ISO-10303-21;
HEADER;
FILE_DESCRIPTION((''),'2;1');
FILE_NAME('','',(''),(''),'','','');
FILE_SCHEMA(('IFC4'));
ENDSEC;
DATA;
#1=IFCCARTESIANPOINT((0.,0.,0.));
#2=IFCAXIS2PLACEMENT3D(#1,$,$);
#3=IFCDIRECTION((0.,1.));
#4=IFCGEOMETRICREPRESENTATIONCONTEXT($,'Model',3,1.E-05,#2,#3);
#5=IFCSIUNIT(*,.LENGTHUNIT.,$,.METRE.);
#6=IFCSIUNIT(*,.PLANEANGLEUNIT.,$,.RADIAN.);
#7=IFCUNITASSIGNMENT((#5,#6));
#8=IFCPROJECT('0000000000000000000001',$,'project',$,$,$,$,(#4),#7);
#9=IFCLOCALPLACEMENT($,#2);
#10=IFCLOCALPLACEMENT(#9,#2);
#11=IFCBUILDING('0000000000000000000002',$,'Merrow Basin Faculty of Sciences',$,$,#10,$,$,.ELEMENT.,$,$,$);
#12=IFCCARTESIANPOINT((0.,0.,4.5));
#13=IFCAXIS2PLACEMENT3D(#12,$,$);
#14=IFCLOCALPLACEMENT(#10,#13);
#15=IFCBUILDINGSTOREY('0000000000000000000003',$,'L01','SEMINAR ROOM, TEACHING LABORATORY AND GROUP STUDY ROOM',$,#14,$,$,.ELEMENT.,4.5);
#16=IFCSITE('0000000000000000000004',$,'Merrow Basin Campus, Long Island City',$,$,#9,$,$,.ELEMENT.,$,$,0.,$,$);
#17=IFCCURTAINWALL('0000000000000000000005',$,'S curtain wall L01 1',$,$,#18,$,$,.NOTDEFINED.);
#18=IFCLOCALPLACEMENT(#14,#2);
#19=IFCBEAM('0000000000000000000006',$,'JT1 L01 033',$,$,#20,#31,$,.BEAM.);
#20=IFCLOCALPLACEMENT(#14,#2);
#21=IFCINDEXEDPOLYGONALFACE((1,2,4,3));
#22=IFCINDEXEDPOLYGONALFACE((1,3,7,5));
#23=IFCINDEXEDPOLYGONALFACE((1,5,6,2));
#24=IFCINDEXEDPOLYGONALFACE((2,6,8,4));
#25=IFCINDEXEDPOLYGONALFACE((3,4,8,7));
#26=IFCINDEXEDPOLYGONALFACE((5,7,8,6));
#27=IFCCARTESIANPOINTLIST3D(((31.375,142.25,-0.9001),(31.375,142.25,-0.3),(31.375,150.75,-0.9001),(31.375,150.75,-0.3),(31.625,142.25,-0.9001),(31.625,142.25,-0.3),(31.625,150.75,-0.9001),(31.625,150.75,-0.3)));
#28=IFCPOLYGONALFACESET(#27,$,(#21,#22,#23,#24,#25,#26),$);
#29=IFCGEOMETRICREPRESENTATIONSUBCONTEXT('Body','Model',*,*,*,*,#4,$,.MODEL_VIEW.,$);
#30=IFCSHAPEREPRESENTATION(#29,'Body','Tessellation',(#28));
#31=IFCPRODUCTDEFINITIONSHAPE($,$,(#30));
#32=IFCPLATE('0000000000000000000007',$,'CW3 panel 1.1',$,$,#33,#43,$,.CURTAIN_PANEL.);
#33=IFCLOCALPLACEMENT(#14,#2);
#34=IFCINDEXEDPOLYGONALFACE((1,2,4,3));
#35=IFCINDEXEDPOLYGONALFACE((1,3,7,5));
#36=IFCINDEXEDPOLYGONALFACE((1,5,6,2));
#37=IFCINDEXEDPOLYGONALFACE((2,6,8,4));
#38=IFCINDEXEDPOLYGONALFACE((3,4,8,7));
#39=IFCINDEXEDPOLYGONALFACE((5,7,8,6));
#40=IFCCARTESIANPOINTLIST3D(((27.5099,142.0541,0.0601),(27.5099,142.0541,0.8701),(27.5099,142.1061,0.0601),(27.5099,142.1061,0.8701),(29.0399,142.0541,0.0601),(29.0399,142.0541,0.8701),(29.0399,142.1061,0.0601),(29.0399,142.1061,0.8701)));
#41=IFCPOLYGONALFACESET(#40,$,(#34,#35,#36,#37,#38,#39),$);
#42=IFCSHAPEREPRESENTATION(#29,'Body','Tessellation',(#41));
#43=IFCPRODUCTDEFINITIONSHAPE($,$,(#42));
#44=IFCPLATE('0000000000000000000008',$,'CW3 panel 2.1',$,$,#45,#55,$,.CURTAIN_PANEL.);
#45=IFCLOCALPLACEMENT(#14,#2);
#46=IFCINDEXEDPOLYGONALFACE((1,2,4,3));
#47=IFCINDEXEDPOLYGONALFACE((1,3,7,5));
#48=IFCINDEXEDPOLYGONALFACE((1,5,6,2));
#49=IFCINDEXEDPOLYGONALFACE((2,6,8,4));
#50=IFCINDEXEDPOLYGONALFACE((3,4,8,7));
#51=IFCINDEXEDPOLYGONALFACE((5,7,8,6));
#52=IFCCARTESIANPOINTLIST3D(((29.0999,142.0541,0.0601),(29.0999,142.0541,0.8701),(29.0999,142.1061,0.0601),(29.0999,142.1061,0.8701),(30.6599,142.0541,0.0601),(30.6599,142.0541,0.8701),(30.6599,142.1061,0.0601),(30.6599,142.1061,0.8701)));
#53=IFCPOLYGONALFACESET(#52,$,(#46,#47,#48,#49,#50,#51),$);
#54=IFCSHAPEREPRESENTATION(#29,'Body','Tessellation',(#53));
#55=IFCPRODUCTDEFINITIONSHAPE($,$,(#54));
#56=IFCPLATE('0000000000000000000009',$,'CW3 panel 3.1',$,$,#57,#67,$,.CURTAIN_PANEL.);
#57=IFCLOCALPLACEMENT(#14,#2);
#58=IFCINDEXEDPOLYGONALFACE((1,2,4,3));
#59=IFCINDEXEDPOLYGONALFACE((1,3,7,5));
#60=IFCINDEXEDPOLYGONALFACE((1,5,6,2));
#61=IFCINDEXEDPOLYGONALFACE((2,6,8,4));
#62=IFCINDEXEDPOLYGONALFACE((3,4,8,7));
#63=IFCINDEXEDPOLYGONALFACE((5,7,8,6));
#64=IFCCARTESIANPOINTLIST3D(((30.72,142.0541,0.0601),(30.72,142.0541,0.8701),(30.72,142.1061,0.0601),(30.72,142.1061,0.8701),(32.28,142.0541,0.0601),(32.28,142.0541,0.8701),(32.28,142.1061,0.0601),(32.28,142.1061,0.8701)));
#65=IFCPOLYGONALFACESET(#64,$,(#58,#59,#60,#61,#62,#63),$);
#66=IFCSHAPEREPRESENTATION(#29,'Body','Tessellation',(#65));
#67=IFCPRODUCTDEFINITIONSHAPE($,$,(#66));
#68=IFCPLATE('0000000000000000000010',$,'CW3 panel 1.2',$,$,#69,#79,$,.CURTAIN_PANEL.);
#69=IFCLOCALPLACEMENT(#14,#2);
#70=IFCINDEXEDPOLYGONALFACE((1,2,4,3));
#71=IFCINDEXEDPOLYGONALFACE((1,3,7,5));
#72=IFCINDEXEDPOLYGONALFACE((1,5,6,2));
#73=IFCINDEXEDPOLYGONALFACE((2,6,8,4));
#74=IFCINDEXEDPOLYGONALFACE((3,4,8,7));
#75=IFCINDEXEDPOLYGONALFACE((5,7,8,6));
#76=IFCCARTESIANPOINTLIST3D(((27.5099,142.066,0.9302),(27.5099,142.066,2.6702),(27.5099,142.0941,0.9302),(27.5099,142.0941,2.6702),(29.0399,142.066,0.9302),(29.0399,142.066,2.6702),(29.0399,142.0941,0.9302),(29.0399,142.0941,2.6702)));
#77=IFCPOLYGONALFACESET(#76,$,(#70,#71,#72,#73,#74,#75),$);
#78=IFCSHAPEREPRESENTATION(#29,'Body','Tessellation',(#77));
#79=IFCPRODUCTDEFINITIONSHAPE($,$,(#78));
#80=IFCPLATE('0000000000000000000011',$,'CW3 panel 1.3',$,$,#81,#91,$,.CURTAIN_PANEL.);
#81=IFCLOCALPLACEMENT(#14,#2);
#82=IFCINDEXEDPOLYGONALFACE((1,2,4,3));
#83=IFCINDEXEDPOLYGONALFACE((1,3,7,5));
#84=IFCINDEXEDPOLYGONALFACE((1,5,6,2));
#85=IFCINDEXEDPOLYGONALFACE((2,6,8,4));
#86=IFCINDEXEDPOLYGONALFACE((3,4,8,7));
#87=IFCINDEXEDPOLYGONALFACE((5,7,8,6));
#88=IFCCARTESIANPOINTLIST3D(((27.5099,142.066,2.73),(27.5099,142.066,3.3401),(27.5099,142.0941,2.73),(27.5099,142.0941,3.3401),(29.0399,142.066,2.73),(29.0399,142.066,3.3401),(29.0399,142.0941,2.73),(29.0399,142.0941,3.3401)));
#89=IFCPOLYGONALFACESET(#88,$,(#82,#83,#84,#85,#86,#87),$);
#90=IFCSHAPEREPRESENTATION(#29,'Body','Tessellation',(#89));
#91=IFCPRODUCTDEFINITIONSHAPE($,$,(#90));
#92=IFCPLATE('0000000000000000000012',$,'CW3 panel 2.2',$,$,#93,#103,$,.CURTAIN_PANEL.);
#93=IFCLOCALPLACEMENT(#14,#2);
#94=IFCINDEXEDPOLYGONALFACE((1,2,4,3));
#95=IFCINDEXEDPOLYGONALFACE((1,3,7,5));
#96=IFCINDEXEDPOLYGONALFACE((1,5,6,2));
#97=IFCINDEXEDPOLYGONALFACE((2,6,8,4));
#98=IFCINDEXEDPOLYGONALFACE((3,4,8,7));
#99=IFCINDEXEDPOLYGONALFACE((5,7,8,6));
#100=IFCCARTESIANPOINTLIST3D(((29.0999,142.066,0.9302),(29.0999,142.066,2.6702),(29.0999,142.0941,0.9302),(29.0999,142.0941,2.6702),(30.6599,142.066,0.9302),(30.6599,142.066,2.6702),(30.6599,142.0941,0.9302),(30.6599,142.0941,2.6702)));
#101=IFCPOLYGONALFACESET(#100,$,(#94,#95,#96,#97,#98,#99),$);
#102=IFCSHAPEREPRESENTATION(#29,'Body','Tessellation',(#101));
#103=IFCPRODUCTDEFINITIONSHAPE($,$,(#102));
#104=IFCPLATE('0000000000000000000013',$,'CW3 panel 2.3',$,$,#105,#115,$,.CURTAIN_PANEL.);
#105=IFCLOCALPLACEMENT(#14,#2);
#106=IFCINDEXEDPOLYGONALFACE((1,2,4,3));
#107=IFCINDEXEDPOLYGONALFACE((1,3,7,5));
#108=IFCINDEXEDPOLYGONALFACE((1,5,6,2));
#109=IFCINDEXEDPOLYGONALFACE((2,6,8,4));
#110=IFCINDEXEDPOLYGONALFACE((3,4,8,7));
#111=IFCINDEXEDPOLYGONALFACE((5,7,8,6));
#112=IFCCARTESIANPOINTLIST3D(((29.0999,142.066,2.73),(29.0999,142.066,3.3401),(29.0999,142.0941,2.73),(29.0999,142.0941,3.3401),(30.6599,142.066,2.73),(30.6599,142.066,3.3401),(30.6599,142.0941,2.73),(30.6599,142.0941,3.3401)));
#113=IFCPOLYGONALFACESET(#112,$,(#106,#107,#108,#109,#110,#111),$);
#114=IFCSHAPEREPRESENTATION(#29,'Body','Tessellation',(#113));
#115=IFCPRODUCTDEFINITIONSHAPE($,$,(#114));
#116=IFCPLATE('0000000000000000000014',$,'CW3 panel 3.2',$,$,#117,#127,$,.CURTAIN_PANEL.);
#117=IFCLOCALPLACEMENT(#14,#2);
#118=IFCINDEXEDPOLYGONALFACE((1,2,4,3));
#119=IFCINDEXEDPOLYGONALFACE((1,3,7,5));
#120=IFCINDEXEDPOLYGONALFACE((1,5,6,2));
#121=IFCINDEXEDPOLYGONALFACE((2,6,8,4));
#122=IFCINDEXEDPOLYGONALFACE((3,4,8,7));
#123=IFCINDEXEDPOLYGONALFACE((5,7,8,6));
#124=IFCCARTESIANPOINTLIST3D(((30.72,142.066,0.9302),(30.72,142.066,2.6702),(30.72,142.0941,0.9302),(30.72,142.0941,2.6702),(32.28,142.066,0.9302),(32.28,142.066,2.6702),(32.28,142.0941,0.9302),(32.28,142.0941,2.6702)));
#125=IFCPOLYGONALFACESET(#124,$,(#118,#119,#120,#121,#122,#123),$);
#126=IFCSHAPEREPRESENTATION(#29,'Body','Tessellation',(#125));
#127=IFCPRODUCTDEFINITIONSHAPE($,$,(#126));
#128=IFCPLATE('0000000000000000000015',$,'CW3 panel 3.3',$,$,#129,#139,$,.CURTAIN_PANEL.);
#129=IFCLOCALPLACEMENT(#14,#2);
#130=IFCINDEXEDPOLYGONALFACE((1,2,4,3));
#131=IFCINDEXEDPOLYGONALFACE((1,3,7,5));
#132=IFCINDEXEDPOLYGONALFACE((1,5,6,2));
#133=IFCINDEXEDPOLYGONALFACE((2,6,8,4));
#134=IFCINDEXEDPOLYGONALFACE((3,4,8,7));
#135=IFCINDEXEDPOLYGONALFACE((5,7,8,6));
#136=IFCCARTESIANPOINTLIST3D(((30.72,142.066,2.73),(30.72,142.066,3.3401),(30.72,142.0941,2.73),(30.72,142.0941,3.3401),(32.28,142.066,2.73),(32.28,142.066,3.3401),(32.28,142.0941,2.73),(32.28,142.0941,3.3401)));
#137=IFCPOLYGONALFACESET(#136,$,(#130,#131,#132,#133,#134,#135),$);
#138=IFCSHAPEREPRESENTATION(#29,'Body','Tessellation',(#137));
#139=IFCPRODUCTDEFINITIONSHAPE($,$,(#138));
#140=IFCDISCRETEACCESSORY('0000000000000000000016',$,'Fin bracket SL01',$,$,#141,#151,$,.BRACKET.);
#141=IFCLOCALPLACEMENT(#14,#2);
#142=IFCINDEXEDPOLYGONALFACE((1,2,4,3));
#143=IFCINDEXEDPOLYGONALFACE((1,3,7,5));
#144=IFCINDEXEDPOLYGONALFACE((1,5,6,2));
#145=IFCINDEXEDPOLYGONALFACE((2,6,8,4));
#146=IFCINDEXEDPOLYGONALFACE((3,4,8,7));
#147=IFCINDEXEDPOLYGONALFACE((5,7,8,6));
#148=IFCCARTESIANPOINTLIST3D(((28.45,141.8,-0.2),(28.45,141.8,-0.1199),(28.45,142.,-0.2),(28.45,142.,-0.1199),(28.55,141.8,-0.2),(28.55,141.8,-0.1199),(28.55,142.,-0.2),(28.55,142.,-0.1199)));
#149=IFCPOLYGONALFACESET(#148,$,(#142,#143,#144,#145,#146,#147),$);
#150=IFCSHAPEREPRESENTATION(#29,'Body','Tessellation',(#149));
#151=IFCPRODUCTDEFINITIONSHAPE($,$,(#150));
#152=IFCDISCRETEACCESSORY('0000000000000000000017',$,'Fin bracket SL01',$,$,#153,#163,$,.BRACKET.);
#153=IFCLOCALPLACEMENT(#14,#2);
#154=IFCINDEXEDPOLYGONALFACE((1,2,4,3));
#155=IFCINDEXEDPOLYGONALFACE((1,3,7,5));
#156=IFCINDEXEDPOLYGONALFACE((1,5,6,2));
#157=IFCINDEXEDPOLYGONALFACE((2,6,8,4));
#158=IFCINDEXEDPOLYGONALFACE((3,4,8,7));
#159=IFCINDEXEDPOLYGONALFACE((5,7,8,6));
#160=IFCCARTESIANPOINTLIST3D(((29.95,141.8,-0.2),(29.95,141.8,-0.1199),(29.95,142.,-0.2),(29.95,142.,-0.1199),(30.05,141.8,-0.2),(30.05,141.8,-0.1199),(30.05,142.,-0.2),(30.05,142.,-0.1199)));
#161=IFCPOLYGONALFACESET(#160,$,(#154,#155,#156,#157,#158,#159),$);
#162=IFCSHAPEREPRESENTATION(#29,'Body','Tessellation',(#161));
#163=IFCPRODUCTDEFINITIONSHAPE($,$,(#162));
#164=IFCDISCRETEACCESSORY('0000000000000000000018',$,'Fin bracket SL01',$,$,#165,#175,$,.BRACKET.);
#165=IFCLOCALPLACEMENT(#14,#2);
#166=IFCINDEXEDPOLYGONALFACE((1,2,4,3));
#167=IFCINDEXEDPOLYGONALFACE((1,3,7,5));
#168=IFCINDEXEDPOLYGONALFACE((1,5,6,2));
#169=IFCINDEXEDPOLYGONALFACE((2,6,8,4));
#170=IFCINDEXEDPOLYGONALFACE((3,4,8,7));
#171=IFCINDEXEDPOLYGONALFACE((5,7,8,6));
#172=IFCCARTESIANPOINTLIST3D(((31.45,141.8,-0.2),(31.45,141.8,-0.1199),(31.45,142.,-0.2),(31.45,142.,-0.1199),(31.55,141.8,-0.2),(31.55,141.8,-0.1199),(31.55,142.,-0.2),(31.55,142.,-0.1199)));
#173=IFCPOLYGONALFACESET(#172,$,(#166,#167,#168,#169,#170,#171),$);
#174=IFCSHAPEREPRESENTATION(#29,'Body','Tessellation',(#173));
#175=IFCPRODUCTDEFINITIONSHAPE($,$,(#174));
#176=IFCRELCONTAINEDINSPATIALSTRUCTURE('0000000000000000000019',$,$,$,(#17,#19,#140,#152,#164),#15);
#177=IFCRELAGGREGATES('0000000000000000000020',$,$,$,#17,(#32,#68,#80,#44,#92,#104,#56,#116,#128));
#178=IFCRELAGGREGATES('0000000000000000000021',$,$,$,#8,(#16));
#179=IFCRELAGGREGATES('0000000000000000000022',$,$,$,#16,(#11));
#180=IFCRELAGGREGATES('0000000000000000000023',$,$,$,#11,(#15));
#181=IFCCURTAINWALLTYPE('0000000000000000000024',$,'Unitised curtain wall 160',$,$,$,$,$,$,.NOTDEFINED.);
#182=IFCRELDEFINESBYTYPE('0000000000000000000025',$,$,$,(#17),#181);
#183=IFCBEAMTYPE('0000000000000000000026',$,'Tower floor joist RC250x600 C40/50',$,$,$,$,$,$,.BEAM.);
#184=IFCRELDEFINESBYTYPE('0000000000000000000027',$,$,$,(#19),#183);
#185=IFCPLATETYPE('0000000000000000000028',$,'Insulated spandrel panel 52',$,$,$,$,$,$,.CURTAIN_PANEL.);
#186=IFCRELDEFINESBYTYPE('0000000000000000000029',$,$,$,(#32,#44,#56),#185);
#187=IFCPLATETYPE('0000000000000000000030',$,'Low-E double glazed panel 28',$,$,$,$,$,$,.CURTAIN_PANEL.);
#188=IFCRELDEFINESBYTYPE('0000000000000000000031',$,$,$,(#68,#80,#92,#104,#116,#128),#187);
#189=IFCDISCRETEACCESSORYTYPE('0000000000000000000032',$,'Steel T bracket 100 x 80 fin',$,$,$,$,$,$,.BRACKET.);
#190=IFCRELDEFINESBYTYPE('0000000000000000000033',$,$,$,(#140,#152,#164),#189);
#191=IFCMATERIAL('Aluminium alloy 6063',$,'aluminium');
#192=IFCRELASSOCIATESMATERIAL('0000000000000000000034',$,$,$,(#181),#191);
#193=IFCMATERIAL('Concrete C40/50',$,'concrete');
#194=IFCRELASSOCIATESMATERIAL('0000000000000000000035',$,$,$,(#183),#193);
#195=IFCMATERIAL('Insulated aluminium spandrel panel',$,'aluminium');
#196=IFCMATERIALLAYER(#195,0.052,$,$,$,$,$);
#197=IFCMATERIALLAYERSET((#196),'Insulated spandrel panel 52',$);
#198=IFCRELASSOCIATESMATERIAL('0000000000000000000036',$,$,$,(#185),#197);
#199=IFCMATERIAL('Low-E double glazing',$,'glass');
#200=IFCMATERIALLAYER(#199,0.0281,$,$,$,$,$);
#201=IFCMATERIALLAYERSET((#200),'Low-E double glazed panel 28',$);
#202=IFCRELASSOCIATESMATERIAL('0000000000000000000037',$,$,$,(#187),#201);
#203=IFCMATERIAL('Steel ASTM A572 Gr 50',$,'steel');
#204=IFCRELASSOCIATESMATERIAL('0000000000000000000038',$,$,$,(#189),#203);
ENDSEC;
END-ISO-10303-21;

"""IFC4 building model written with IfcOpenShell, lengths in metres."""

from ifc_helpers import new_model, si_unit, direction, frame, origin, origin_2d, place, context, subcontext, project, spatial, polyline, rectangle, outline, extrude, source, transform, mapped, material, layer, layer_set, material_profile, profile_set, type_object, element, aggregate, save


model = new_model("IFC4")

# Units and contexts
model_context = context("Model", 3, precision=1e-05, world=origin(), true_north=direction((0.0, 1.0)))
body_context = subcontext(model_context, "Body", "Model", "MODEL_VIEW")
ifc_project = project(units=[si_unit("LENGTHUNIT", "METRE"), si_unit("PLANEANGLEUNIT", "RADIAN")], contexts=[model_context])

# Site, building, storey
site_placement = place(None, origin())
site = spatial("IfcSite", under=ifc_project, at=site_placement, Name="Merrow Basin Campus, Long Island City", CompositionType="ELEMENT", RefElevation=0.0)
building_placement = place(site_placement, origin())
building = spatial("IfcBuilding", under=site, at=building_placement, Name="Merrow Basin Faculty of Sciences", CompositionType="ELEMENT")
storey_placement = place(building_placement, frame((0.0, 0.0, 4.5)))
storey = spatial("IfcBuildingStorey", under=building, at=storey_placement, Name="L01", Description="SEMINAR ROOM, TEACHING LABORATORY AND GROUP STUDY ROOM", CompositionType="ELEMENT", Elevation=4.5)

# Curtain wall
ifc_material_1 = material(Name="Aluminium alloy 6063", Category="aluminium")
curtain_wall_type = type_object("IfcCurtainWallType", Name="Unitised curtain wall 160", PredefinedType="NOTDEFINED", material=ifc_material_1)
curtain_wall_placement = place(storey_placement, origin())
curtain_wall = element("IfcCurtainWall", 1, at=curtain_wall_placement, inside=storey, type_object=curtain_wall_type, Name="S curtain wall L01 1", PredefinedType="NOTDEFINED")

# Beam
ifc_material_2 = material(Name="Concrete C40/50", Category="concrete")
ifc_material_profile_1 = material_profile(ifc_material_2, rectangle(XDim=0.25, YDim=0.6001, at=origin_2d()))
ifc_profile_set_1 = profile_set([ifc_material_profile_1], Name="Concrete C40/50")
beam_type = type_object("IfcBeamType", Name="Tower floor joist RC250x600 C40/50", PredefinedType="BEAM", material=ifc_profile_set_1)
for number, where, z_axis, x_axis, name in (
    (2, (31.5, 142.25, -0.6001), (0.0, 1.0, 0.0), (-1.0, 0.0, 0.0), "JT1 L01 033"),
):
    element("IfcBeam", number, at=place(storey_placement, frame(where, z_axis=z_axis, x_axis=x_axis)), inside=storey, type_object=beam_type, Name=name, PredefinedType="BEAM", context=body_context, shape_type="SweptSolid", body=[
        extrude(rectangle(XDim=0.25, YDim=0.6001, at=origin_2d()), origin(), (0.0, 0.0, 1.0), 8.5),
    ])

# Plates
ifc_material_3 = material(Name="Insulated aluminium spandrel panel", Category="aluminium")
ifc_layer_1 = layer(ifc_material_3, 0.052)
ifc_layer_set_1 = layer_set([ifc_layer_1], Name="Insulated spandrel panel 52")
plate_type_1 = type_object("IfcPlateType", Name="Insulated spandrel panel 52", PredefinedType="CURTAIN_PANEL", material=ifc_layer_set_1)
plate_1_placement = place(storey_placement, frame((28.2749, 142.0801, 0.0601), z_axis=(0.0, 0.0, 1.0), x_axis=(1.0, 0.0, 0.0)))
plate_1 = element("IfcPlate", 3, at=plate_1_placement, type_object=plate_type_1, Name="CW3 panel 1.1", PredefinedType="CURTAIN_PANEL", context=body_context, shape_type="SweptSolid", body=[
    extrude(rectangle(XDim=1.53, YDim=0.052, at=origin_2d()), origin(), (0.0, 0.0, 1.0), 0.8101),
])
plate_2_placement = place(storey_placement, frame((29.8799, 142.0801, 0.0601), z_axis=(0.0, 0.0, 1.0), x_axis=(1.0, 0.0, 0.0)))
plate_2 = element("IfcPlate", 4, at=plate_2_placement, type_object=plate_type_1, Name="CW3 panel 2.1", PredefinedType="CURTAIN_PANEL", context=body_context, shape_type="SweptSolid", body=[
    extrude(rectangle(XDim=1.5601, YDim=0.052, at=origin_2d()), origin(), (0.0, 0.0, 1.0), 0.8101),
])
plate_3_placement = place(storey_placement, frame((31.5, 142.0801, 0.0601), z_axis=(0.0, 0.0, 1.0), x_axis=(1.0, 0.0, 0.0)))
plate_3 = element("IfcPlate", 5, at=plate_3_placement, type_object=plate_type_1, Name="CW3 panel 3.1", PredefinedType="CURTAIN_PANEL", context=body_context, shape_type="SweptSolid", body=[
    extrude(rectangle(XDim=1.5601, YDim=0.052, at=origin_2d()), origin(), (0.0, 0.0, 1.0), 0.8101),
])
ifc_material_4 = material(Name="Low-E double glazing", Category="glass")
ifc_layer_2 = layer(ifc_material_4, 0.0281)
ifc_layer_set_2 = layer_set([ifc_layer_2], Name="Low-E double glazed panel 28")
plate_type_2 = type_object("IfcPlateType", Name="Low-E double glazed panel 28", PredefinedType="CURTAIN_PANEL", material=ifc_layer_set_2)
plate_4_placement = place(storey_placement, frame((28.2749, 142.0801, 0.9302), z_axis=(0.0, 0.0, 1.0), x_axis=(1.0, 0.0, 0.0)))
plate_4 = element("IfcPlate", 6, at=plate_4_placement, type_object=plate_type_2, Name="CW3 panel 1.2", PredefinedType="CURTAIN_PANEL", context=body_context, shape_type="SweptSolid", body=[
    extrude(rectangle(XDim=1.53, YDim=0.0281, at=origin_2d()), origin(), (0.0, 0.0, 1.0), 1.74),
])
plate_5_placement = place(storey_placement, frame((28.2749, 142.0801, 2.73), z_axis=(0.0, 0.0, 1.0), x_axis=(1.0, 0.0, 0.0)))
plate_5 = element("IfcPlate", 7, at=plate_5_placement, type_object=plate_type_2, Name="CW3 panel 1.3", PredefinedType="CURTAIN_PANEL", context=body_context, shape_type="SweptSolid", body=[
    extrude(rectangle(XDim=1.53, YDim=0.0281, at=origin_2d()), origin(), (0.0, 0.0, 1.0), 0.6101),
])
plate_6_placement = place(storey_placement, frame((29.8799, 142.0801, 0.9302), z_axis=(0.0, 0.0, 1.0), x_axis=(1.0, 0.0, 0.0)))
plate_6 = element("IfcPlate", 8, at=plate_6_placement, type_object=plate_type_2, Name="CW3 panel 2.2", PredefinedType="CURTAIN_PANEL", context=body_context, shape_type="SweptSolid", body=[
    extrude(rectangle(XDim=1.5601, YDim=0.0281, at=origin_2d()), origin(), (0.0, 0.0, 1.0), 1.74),
])
plate_7_placement = place(storey_placement, frame((29.8799, 142.0801, 2.73), z_axis=(0.0, 0.0, 1.0), x_axis=(1.0, 0.0, 0.0)))
plate_7 = element("IfcPlate", 9, at=plate_7_placement, type_object=plate_type_2, Name="CW3 panel 2.3", PredefinedType="CURTAIN_PANEL", context=body_context, shape_type="SweptSolid", body=[
    extrude(rectangle(XDim=1.5601, YDim=0.0281, at=origin_2d()), origin(), (0.0, 0.0, 1.0), 0.6101),
])
plate_8_placement = place(storey_placement, frame((31.5, 142.0801, 0.9302), z_axis=(0.0, 0.0, 1.0), x_axis=(1.0, 0.0, 0.0)))
plate_8 = element("IfcPlate", 10, at=plate_8_placement, type_object=plate_type_2, Name="CW3 panel 3.2", PredefinedType="CURTAIN_PANEL", context=body_context, shape_type="SweptSolid", body=[
    extrude(rectangle(XDim=1.5601, YDim=0.0281, at=origin_2d()), origin(), (0.0, 0.0, 1.0), 1.74),
])
plate_9_placement = place(storey_placement, frame((31.5, 142.0801, 2.73), z_axis=(0.0, 0.0, 1.0), x_axis=(1.0, 0.0, 0.0)))
plate_9 = element("IfcPlate", 11, at=plate_9_placement, type_object=plate_type_2, Name="CW3 panel 3.3", PredefinedType="CURTAIN_PANEL", context=body_context, shape_type="SweptSolid", body=[
    extrude(rectangle(XDim=1.5601, YDim=0.0281, at=origin_2d()), origin(), (0.0, 0.0, 1.0), 0.6101),
])
aggregate(curtain_wall, [plate_1, plate_4, plate_5, plate_2, plate_6, plate_7, plate_3, plate_8, plate_9])

# Discrete accessories
ifc_material_5 = material(Name="Steel ASTM A572 Gr 50", Category="steel")
discrete_accessory_type = type_object("IfcDiscreteAccessoryType", Name="Steel T bracket 100 x 80 fin", PredefinedType="BRACKET", material=ifc_material_5)
shared_shape = source(origin(), body_context, "Body", "SweptSolid", [
    extrude(outline(polyline([(0.0, 0.0), (0.1001, 0.0), (0.1001, 0.0801), (0.0, 0.0801), (0.0, 0.0)])), origin(), (0.0, 0.0, 1.0), 0.2),
])
for number, where, z_axis, x_axis, name in (
    (12, (28.45, 142.0, -0.2), (0.0, -1.0, 0.0), (1.0, 0.0, 0.0), "Fin bracket SL01"),
    (13, (29.95, 142.0, -0.2), (0.0, -1.0, 0.0), (1.0, 0.0, 0.0), "Fin bracket SL01"),
    (14, (31.45, 142.0, -0.2), (0.0, -1.0, 0.0), (1.0, 0.0, 0.0), "Fin bracket SL01"),
):
    element("IfcDiscreteAccessory", number, at=place(storey_placement, frame(where, z_axis=z_axis, x_axis=x_axis)), inside=storey, type_object=discrete_accessory_type, Name=name, PredefinedType="BRACKET", context=body_context, shape_type="MappedRepresentation", body=[
        mapped(shared_shape, transform((0.0, 0.0, 0.0), scale=1.0)),
    ])

save(model, "model.ifc")
